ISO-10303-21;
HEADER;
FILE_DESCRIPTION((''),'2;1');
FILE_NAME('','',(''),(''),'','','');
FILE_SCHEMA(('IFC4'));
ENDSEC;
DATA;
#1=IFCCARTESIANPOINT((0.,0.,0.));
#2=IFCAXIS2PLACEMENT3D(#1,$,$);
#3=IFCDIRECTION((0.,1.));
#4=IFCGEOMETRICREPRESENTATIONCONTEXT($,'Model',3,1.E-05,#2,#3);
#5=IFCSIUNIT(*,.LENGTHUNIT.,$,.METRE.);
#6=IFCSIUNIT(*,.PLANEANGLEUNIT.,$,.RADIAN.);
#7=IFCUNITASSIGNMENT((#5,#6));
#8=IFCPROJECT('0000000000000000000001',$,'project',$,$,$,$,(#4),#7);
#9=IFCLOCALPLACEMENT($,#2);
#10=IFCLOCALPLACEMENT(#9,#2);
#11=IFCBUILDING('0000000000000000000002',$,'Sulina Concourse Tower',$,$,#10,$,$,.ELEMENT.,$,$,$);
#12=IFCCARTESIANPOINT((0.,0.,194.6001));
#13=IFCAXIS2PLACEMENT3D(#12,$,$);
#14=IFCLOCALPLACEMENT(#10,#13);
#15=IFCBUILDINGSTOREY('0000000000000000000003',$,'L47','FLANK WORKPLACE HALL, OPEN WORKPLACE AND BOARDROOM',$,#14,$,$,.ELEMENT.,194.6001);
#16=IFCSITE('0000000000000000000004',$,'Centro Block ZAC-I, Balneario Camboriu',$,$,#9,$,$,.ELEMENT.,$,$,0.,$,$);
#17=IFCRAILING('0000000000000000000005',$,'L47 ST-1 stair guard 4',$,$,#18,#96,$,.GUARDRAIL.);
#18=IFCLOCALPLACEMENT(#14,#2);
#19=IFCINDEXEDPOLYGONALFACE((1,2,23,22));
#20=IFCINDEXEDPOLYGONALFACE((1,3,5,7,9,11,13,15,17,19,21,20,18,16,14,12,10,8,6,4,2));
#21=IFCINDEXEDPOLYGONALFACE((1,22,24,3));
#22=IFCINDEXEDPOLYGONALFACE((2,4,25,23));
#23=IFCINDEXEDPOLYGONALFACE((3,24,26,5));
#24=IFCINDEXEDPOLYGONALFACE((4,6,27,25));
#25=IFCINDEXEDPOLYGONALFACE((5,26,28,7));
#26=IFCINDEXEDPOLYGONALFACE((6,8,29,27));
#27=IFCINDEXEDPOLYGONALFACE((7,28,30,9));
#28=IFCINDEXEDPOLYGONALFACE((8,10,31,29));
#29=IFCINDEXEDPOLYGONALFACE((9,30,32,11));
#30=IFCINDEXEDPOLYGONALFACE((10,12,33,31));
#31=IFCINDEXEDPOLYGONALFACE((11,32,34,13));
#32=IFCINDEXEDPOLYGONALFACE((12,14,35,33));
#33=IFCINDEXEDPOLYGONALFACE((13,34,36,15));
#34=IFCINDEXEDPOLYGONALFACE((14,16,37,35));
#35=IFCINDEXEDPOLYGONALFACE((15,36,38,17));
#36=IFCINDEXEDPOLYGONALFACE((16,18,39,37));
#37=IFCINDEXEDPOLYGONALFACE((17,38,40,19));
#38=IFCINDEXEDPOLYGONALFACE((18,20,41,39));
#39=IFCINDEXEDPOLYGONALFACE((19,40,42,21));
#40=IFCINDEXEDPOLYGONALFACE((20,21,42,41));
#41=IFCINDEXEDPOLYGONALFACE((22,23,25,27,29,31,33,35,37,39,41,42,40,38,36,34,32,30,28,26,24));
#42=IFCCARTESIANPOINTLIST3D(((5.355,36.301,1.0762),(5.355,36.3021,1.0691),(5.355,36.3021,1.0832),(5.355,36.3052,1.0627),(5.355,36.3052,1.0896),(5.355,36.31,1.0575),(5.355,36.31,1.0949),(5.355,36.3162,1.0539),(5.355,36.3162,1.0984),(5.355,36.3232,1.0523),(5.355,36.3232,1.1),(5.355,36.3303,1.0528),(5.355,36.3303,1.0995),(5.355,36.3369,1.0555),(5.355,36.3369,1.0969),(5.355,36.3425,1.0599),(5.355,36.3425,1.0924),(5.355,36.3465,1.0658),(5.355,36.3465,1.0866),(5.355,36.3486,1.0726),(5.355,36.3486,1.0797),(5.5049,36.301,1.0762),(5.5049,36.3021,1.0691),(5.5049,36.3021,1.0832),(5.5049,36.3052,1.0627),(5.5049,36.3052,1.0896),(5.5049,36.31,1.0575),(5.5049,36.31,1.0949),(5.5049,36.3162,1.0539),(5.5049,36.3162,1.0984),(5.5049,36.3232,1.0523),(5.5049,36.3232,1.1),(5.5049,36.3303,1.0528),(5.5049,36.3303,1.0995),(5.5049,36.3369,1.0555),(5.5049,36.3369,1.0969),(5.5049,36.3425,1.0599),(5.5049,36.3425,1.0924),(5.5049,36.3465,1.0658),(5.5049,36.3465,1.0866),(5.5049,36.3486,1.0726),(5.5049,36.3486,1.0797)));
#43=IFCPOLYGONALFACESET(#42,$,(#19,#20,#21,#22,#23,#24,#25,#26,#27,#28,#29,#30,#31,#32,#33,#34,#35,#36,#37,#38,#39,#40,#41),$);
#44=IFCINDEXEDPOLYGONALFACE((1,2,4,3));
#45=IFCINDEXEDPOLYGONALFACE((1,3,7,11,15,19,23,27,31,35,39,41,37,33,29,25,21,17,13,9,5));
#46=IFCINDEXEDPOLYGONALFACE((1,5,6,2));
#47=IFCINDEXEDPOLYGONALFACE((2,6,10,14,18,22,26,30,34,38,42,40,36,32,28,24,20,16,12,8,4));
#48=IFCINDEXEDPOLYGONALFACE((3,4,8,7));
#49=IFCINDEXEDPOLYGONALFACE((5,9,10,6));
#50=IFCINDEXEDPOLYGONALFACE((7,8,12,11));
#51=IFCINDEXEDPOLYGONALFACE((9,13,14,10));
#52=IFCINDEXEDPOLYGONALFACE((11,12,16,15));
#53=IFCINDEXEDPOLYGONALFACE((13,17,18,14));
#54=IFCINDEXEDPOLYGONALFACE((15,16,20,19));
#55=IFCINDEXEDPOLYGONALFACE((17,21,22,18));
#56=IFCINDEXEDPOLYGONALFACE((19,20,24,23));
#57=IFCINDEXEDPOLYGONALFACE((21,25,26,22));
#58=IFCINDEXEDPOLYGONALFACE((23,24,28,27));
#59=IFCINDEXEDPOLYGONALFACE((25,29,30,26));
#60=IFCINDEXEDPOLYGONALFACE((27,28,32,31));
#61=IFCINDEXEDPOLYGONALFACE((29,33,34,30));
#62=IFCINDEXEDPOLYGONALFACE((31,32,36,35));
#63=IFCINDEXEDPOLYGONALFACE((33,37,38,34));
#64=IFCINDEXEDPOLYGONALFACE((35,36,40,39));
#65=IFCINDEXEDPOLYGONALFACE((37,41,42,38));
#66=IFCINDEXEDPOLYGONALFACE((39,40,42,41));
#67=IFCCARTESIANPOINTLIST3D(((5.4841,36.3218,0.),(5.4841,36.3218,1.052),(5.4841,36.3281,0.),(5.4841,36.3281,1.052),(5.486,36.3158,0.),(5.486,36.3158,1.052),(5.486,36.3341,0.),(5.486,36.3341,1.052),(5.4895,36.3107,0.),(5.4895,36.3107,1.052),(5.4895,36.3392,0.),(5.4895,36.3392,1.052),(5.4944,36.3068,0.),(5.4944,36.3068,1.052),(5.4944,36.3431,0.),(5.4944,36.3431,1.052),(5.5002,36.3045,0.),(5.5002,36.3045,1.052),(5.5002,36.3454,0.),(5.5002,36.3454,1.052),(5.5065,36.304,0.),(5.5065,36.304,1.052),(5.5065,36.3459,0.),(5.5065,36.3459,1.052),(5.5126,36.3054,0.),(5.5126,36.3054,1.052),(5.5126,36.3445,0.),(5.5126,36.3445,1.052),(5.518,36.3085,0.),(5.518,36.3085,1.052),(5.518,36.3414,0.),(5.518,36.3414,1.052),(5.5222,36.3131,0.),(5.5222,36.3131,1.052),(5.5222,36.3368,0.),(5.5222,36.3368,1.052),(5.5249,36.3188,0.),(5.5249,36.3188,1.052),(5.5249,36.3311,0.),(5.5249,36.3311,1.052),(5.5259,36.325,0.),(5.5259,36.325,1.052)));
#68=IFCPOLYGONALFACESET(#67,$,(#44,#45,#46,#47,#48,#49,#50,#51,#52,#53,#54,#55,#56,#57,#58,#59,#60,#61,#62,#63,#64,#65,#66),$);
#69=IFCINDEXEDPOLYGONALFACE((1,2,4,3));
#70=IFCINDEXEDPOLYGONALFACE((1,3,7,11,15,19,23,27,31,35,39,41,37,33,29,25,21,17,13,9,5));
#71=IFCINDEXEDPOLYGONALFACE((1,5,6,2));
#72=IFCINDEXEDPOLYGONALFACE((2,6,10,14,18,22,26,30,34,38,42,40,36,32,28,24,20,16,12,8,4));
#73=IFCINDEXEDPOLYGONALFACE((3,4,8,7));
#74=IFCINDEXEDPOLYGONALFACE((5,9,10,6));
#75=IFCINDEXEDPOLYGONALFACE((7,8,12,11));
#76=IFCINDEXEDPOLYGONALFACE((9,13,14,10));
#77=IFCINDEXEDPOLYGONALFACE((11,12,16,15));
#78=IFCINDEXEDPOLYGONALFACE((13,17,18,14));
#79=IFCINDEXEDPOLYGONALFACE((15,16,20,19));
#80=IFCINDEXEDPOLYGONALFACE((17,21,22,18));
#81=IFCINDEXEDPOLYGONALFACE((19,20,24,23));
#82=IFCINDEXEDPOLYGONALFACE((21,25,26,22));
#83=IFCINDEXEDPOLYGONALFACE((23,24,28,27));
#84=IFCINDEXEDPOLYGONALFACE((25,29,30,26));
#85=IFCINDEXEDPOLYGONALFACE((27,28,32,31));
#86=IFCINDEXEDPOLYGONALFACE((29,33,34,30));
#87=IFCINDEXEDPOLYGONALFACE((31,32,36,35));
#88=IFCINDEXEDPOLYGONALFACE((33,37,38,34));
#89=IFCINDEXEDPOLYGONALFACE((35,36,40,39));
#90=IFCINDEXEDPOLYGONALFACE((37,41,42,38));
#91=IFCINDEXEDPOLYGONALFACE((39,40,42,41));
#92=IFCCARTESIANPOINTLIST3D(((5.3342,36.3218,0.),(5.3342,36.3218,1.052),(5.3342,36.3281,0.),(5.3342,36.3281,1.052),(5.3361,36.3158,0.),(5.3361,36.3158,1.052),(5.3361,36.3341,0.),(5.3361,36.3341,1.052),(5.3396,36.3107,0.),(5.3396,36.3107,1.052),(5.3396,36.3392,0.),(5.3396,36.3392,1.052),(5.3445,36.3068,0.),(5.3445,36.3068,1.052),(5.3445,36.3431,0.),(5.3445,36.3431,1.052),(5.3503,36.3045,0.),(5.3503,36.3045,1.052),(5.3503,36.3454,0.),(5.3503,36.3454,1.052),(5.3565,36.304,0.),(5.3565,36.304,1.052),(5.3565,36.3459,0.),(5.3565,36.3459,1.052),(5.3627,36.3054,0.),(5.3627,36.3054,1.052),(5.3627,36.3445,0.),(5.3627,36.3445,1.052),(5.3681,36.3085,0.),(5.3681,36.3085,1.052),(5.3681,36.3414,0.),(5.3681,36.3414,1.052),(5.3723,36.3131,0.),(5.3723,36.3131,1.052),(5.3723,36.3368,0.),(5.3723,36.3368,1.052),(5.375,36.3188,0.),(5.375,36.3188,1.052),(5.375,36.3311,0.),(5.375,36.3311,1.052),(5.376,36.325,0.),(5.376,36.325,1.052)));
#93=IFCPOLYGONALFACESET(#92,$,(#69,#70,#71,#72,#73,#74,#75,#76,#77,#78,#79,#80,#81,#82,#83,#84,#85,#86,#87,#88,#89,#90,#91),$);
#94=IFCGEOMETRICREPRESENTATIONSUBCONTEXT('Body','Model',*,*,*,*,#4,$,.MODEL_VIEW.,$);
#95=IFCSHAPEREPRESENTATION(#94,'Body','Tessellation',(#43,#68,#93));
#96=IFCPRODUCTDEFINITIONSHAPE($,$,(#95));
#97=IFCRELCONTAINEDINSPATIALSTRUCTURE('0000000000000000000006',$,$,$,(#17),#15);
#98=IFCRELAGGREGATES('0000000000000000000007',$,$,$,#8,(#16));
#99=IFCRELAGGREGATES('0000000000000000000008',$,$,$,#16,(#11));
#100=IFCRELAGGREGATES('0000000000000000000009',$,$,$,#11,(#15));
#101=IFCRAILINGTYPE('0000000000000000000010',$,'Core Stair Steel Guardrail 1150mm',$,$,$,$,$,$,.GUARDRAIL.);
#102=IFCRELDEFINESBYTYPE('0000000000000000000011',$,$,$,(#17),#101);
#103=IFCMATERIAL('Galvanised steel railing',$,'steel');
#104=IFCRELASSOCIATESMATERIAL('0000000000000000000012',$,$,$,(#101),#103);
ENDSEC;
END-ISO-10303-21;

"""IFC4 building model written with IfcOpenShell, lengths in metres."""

from ifc_helpers import new_model, si_unit, direction, frame, origin, origin_2d, place, context, subcontext, project, spatial, circle, extrude, material, type_object, element, save


model = new_model("IFC4")

# Units and contexts
model_context = context("Model", 3, precision=1e-05, world=origin(), true_north=direction((0.0, 1.0)))
body_context = subcontext(model_context, "Body", "Model", "MODEL_VIEW")
ifc_project = project(units=[si_unit("LENGTHUNIT", "METRE"), si_unit("PLANEANGLEUNIT", "RADIAN")], contexts=[model_context])

# Site, building, storey
site_placement = place(None, origin())
site = spatial("IfcSite", under=ifc_project, at=site_placement, Name="Centro Block ZAC-I, Balneario Camboriu", CompositionType="ELEMENT", RefElevation=0.0)
building_placement = place(site_placement, origin())
building = spatial("IfcBuilding", under=site, at=building_placement, Name="Sulina Concourse Tower", CompositionType="ELEMENT")
storey_placement = place(building_placement, frame((0.0, 0.0, 194.6001)))
storey = spatial("IfcBuildingStorey", under=building, at=storey_placement, Name="L47", Description="FLANK WORKPLACE HALL, OPEN WORKPLACE AND BOARDROOM", CompositionType="ELEMENT", Elevation=194.6001)

# Railing
ifc_material_1 = material(Name="Galvanised steel railing", Category="steel")
railing_type_1 = type_object("IfcRailingType", Name="Core Stair Steel Guardrail 1150mm", PredefinedType="GUARDRAIL", material=ifc_material_1)
railing_1_placement = place(storey_placement, frame((5.5049, 36.325, 0.0)))
element("IfcRailing", 1, at=railing_1_placement, inside=storey, type_object=railing_type_1, Name="L47 ST-1 stair guard 4", PredefinedType="GUARDRAIL", context=body_context, shape_type="SweptSolid", body=[
    extrude(circle(Radius=0.0239, at=origin_2d()), frame((0.0, 0.0, 1.0762), z_axis=(-1.0, 0.0, 0.0), x_axis=(0.0, -1.0, 0.0)), (0.0, 0.0, 1.0), 0.1499),
    extrude(circle(Radius=0.021, at=origin_2d()), origin(), (0.0, 0.0, 1.0), 1.052),
    extrude(circle(Radius=0.021, at=origin_2d()), frame((-0.1499, 0.0, 0.0)), (0.0, 0.0, 1.0), 1.052),
])

save(model, "model.ifc")
